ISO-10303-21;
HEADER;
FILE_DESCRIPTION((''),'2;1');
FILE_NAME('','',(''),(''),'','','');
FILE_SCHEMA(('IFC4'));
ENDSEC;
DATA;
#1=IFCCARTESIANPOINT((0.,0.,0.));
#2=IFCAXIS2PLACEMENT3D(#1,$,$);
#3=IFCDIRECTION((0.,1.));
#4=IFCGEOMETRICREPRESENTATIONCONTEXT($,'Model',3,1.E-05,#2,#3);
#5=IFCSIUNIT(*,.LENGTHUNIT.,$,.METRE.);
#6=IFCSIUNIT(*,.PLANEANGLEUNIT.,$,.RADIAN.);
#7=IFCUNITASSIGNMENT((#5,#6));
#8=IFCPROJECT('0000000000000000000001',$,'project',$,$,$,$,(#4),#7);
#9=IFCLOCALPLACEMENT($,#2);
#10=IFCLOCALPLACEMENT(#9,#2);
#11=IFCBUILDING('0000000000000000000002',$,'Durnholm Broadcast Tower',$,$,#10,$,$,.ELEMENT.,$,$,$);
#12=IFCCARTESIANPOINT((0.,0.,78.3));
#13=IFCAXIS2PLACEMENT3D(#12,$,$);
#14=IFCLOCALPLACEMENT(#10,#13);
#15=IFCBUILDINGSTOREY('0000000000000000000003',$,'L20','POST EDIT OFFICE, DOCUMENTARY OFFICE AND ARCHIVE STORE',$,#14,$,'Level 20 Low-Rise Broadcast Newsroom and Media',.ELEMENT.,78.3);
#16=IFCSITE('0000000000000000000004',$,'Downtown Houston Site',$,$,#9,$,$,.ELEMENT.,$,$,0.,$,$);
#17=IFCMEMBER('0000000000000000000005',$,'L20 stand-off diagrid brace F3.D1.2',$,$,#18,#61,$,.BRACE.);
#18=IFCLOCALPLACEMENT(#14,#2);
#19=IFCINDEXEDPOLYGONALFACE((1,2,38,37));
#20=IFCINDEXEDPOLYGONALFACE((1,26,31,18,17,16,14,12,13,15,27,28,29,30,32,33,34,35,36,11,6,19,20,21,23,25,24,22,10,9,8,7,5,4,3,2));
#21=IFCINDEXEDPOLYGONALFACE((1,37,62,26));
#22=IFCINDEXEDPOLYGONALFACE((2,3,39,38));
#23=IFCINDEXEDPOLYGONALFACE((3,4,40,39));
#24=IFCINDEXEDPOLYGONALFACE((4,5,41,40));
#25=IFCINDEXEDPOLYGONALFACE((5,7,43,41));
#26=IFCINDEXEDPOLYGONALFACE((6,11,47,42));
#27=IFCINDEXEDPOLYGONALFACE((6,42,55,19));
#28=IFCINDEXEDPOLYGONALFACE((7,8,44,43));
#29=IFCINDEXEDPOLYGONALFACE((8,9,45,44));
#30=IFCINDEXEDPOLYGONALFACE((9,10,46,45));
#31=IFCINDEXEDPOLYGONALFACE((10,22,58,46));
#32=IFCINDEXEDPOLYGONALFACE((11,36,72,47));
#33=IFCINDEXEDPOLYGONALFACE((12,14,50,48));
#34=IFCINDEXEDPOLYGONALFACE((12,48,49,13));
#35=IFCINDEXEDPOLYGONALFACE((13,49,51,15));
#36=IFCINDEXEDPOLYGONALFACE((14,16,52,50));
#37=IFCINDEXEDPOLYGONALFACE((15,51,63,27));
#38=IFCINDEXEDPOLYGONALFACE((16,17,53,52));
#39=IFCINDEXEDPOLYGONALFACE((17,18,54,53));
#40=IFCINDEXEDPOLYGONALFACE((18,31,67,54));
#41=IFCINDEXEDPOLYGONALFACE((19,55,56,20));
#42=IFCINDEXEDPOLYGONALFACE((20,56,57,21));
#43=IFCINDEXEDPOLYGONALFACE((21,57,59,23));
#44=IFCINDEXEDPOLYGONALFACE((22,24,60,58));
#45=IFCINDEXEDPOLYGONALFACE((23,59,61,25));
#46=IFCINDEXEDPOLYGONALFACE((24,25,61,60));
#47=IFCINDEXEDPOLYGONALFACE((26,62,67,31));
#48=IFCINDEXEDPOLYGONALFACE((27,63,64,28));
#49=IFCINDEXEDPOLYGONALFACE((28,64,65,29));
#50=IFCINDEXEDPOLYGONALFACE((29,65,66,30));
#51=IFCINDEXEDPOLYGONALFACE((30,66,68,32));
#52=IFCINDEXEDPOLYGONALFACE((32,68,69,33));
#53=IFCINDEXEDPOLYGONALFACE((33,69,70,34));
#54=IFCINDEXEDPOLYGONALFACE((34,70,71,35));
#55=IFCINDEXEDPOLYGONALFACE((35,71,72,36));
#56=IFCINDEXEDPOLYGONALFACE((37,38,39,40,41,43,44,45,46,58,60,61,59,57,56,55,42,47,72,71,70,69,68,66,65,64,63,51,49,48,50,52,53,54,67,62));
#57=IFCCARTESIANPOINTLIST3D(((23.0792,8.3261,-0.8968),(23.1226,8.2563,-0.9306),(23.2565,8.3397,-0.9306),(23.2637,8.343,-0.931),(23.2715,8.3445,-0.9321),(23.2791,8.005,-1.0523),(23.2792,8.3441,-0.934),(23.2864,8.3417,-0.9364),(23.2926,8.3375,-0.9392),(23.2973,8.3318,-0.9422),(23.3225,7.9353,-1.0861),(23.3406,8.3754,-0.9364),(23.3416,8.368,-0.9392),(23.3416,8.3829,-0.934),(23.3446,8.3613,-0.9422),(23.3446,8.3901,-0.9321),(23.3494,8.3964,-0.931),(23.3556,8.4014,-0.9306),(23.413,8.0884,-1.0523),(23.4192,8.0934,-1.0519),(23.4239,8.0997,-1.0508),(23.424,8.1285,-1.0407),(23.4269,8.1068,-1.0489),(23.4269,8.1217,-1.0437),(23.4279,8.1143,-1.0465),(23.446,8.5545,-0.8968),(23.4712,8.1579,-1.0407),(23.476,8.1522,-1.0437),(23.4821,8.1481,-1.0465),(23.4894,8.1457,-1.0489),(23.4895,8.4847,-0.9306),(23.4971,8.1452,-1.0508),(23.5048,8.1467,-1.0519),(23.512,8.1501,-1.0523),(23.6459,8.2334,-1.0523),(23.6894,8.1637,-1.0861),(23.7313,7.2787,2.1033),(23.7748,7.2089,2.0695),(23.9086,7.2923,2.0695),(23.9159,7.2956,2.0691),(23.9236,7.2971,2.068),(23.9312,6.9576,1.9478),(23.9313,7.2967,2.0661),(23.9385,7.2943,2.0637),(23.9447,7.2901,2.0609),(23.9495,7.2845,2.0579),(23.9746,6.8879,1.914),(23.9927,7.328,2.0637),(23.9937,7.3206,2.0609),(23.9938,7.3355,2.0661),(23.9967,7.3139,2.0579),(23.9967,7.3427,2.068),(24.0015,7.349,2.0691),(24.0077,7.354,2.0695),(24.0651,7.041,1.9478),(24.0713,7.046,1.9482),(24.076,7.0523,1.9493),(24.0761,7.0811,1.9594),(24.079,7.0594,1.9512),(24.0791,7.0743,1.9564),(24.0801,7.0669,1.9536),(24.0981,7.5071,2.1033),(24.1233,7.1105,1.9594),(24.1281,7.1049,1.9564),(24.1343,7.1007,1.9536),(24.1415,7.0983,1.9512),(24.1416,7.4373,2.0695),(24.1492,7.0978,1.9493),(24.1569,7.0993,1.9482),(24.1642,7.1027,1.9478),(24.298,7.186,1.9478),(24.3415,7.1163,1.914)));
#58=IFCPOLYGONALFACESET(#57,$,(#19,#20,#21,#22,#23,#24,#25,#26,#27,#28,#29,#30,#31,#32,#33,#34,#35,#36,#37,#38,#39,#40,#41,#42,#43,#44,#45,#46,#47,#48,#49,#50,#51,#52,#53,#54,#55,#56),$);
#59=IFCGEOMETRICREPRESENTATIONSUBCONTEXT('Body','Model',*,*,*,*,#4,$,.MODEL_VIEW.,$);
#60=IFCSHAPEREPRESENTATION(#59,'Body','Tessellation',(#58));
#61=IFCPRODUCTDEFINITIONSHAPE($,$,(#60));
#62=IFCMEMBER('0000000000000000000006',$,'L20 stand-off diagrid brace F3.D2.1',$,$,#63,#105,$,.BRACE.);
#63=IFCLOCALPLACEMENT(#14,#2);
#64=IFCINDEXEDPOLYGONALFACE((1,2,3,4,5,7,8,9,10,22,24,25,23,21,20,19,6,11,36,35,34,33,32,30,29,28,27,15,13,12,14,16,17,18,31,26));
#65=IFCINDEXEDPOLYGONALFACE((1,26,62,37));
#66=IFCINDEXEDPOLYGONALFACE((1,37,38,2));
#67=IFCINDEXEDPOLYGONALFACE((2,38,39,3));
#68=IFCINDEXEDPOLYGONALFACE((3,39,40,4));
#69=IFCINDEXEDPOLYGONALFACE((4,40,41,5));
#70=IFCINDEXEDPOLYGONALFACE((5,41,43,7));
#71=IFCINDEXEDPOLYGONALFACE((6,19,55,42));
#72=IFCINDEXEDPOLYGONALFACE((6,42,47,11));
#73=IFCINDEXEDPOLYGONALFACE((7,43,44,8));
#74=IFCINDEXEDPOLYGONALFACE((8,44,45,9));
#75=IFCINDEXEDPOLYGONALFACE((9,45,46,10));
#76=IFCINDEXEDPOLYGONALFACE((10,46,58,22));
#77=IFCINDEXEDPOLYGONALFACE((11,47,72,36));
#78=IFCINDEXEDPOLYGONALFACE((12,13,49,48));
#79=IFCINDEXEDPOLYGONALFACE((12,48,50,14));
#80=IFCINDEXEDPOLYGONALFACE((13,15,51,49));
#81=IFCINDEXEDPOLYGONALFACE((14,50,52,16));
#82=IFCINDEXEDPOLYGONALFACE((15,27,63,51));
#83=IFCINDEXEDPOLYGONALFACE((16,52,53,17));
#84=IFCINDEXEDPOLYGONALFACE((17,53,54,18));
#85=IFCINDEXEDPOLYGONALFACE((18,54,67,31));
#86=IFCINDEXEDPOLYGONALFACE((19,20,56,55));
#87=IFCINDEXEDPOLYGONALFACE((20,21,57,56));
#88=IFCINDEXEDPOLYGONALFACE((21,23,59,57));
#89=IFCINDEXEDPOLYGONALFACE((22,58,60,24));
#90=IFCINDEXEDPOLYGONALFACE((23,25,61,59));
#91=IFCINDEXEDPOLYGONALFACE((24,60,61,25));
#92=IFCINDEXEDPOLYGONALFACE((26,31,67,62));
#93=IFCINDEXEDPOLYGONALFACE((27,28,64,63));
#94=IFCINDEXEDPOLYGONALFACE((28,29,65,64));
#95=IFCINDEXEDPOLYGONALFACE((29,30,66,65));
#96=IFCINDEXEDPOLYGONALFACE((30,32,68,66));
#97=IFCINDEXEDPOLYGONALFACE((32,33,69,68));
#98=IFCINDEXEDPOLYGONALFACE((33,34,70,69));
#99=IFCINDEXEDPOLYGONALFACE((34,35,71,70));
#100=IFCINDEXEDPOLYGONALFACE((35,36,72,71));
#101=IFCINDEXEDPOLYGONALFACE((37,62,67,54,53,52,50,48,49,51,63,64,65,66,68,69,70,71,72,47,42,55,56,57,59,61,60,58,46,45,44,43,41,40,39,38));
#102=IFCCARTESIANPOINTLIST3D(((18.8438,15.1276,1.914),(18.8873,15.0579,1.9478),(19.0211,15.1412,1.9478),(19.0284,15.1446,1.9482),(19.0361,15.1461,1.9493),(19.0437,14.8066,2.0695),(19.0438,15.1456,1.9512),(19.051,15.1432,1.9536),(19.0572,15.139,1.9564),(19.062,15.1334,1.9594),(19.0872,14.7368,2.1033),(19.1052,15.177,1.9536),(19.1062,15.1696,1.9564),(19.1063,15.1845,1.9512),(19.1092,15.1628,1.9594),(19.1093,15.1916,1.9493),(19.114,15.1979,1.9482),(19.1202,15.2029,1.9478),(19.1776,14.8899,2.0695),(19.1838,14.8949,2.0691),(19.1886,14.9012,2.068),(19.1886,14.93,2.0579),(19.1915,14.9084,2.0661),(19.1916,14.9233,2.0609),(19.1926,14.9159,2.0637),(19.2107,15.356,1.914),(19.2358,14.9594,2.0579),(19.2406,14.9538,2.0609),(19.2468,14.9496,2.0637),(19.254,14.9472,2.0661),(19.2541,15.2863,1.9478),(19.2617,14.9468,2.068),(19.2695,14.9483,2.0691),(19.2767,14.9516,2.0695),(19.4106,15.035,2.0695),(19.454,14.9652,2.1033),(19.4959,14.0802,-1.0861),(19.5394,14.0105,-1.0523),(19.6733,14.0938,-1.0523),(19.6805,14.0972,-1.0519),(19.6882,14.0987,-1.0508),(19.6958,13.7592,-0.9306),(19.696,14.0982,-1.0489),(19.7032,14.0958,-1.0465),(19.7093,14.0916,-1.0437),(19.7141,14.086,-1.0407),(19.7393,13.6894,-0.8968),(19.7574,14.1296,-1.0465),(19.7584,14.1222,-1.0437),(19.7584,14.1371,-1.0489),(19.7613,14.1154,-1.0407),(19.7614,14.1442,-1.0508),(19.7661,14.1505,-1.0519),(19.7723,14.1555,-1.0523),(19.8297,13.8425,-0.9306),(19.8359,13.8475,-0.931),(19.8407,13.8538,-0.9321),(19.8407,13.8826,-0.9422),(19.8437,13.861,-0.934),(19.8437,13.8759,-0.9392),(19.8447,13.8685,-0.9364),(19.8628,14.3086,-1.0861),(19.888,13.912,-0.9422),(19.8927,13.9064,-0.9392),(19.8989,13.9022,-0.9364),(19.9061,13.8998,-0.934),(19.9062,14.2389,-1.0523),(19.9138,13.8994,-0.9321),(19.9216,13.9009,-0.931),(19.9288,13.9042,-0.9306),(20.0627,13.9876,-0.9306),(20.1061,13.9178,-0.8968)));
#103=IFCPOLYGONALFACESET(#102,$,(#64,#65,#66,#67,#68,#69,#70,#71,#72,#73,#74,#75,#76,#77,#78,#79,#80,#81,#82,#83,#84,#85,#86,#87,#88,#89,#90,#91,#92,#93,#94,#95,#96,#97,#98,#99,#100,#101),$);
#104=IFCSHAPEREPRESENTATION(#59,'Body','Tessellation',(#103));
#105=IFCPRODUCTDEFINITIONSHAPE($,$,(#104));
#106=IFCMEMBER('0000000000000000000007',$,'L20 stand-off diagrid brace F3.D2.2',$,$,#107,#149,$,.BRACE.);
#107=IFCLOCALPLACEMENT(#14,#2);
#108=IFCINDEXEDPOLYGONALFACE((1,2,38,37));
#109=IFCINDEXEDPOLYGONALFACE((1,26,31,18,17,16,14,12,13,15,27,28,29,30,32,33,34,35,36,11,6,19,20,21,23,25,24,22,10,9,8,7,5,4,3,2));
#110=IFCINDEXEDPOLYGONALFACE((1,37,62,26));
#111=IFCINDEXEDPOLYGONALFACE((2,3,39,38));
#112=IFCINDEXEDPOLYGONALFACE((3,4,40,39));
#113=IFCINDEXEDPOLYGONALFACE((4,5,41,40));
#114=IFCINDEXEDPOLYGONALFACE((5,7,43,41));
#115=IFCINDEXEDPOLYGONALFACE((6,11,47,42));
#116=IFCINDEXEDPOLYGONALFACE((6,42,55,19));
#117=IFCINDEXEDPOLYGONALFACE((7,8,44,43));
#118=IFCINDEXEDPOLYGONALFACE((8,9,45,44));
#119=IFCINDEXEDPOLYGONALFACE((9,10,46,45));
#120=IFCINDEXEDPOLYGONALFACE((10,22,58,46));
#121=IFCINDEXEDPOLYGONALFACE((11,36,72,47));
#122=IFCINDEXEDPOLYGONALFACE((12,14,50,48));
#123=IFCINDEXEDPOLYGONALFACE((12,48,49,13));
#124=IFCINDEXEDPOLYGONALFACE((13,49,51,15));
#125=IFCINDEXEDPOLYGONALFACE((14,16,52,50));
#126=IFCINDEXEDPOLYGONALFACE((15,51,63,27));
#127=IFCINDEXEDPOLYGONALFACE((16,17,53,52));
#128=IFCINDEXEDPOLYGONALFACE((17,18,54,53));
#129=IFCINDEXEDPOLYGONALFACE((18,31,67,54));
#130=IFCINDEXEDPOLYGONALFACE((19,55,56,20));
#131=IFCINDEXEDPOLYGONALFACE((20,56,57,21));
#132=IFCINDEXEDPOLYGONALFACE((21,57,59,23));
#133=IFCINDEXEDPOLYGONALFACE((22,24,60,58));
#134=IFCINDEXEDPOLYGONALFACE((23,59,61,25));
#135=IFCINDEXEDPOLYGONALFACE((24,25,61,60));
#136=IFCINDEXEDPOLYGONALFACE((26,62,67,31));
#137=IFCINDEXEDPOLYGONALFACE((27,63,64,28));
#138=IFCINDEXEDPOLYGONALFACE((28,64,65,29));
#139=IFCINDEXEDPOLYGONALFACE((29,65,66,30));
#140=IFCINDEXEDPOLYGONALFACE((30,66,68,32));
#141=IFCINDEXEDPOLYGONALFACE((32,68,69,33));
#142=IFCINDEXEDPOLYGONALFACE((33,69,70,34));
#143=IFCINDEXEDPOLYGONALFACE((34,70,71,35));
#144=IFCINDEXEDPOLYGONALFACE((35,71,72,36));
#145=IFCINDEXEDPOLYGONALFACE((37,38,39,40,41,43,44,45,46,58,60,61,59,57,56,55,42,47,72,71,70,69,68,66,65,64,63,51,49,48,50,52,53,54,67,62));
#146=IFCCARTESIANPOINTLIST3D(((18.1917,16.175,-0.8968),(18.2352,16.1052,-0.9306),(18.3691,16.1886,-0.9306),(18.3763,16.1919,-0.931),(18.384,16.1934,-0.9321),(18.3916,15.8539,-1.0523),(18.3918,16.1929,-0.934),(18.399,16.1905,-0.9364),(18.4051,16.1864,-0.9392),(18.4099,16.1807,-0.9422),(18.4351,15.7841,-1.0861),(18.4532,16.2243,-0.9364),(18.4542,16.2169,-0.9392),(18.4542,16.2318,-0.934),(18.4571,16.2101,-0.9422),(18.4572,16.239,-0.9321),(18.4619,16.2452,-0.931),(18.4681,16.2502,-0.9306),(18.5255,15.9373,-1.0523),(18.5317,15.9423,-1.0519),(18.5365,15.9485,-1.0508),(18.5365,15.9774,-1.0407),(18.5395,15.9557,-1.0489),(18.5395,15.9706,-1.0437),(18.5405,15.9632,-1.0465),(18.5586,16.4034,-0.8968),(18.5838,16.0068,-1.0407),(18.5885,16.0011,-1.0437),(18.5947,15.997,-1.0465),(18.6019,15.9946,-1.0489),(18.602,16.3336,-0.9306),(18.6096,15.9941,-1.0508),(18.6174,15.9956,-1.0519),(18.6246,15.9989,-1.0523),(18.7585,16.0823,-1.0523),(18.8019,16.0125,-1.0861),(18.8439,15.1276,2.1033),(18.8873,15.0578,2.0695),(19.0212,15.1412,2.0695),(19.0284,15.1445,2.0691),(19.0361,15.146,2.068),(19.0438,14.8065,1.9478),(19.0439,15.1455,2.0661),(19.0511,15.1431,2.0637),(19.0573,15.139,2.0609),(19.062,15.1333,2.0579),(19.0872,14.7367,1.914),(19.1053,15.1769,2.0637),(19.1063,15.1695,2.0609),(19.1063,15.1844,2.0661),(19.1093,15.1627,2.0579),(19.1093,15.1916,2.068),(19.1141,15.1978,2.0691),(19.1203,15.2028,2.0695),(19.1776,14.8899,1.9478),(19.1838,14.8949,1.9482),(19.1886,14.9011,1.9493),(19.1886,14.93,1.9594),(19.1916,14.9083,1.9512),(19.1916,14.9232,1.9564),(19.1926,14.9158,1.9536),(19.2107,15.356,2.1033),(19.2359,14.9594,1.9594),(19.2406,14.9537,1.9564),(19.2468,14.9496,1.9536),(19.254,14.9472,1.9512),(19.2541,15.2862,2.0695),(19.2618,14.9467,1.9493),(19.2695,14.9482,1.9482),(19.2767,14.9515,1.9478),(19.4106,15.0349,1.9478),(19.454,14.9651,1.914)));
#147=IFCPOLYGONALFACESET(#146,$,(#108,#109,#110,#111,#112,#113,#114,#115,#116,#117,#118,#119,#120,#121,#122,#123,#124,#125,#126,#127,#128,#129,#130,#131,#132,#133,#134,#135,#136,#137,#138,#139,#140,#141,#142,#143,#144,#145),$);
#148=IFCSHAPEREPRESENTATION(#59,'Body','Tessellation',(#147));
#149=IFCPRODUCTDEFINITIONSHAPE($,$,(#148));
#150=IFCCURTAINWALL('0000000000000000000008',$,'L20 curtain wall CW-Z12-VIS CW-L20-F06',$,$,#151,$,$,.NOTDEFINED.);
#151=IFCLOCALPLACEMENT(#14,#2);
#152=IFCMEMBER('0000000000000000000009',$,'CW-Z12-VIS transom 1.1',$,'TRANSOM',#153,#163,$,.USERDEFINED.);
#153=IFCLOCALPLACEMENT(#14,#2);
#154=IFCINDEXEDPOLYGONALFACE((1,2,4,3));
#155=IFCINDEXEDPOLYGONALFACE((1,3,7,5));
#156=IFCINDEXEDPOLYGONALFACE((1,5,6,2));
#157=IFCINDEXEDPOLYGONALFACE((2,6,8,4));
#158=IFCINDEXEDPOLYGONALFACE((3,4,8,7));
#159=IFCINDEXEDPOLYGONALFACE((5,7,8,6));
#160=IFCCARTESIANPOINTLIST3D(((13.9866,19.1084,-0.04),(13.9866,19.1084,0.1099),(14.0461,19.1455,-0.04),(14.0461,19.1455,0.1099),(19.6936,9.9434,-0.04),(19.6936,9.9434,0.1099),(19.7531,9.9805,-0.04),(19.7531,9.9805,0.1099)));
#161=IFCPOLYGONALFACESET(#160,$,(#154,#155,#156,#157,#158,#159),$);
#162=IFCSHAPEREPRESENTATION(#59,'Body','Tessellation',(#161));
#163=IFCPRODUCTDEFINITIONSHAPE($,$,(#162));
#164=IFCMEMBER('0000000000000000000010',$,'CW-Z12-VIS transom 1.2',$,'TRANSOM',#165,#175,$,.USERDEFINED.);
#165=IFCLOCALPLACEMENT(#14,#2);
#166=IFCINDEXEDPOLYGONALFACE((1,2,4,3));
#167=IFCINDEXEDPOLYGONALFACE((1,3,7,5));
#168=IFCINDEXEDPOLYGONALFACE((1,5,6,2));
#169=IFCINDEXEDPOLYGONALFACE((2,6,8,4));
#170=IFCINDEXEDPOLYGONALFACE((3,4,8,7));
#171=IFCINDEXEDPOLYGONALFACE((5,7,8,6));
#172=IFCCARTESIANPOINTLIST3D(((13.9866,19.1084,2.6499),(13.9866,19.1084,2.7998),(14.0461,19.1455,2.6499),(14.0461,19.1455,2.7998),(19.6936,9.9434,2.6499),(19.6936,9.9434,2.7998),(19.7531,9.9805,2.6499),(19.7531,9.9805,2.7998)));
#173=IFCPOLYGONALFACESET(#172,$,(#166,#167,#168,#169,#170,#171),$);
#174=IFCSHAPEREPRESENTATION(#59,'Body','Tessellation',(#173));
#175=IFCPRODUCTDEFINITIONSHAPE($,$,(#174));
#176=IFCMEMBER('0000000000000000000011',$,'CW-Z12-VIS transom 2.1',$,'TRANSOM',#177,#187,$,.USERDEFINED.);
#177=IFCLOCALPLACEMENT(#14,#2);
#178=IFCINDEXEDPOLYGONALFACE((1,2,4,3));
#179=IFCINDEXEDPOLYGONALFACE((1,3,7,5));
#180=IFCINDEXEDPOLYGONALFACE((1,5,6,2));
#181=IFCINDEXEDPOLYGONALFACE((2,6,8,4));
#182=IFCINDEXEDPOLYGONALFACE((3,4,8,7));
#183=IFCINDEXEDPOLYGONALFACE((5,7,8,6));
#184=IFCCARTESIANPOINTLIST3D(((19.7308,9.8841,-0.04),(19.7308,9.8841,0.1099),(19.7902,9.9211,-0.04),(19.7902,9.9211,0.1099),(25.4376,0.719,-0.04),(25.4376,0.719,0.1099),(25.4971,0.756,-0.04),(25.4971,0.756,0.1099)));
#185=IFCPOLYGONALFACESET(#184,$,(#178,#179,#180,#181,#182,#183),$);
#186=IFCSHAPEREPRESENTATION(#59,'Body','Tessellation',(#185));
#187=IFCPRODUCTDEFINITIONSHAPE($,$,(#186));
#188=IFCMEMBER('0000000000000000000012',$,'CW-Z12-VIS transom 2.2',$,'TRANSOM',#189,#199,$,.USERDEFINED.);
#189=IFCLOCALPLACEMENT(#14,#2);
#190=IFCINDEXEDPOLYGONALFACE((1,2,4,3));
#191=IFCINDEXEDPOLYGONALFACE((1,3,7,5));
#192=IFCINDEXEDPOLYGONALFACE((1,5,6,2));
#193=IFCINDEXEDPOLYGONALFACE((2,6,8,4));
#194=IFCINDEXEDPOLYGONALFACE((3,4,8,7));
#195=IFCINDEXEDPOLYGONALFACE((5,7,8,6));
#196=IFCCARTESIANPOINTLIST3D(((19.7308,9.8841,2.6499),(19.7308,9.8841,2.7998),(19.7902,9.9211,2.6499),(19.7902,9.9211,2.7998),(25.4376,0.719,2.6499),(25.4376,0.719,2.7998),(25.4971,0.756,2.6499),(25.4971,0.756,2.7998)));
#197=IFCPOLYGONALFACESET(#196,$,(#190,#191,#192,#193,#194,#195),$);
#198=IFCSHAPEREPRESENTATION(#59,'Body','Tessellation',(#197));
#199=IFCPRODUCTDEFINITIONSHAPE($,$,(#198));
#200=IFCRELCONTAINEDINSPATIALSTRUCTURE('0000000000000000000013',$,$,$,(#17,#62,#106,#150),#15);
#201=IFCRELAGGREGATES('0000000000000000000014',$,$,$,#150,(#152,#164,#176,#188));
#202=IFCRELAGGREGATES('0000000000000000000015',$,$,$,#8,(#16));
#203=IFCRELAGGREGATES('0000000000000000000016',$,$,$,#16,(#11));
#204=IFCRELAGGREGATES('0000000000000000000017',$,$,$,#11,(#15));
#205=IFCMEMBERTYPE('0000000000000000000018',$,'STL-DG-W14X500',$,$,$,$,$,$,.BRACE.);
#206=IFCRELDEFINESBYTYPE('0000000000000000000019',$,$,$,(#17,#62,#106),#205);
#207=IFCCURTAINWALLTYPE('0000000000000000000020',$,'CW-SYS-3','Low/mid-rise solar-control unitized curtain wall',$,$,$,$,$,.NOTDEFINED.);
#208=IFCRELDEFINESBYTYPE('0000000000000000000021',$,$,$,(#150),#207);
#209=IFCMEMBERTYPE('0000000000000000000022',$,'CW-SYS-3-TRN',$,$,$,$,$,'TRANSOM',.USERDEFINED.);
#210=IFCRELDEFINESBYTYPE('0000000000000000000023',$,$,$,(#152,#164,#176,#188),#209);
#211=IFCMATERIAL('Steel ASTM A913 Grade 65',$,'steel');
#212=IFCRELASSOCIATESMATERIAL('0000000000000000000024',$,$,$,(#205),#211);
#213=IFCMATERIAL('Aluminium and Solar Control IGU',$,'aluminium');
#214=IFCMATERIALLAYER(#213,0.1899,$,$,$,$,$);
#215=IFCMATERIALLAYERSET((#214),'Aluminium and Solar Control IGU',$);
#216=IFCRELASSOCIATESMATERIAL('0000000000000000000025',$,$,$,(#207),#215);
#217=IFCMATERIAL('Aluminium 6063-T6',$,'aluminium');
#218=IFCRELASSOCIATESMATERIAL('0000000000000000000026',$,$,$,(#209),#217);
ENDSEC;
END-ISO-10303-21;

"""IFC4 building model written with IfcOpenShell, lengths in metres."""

from ifc_helpers import new_model, si_unit, direction, frame, origin, origin_2d, place, context, subcontext, project, spatial, rectangle, i_section, extrude, source, transform, mapped, material, layer, layer_set, material_profile, profile_set, type_object, type_shapes, element, aggregate, save


model = new_model("IFC4")

# Units and contexts
model_context = context("Model", 3, precision=1e-05, world=origin(), true_north=direction((0.0, 1.0)))
body_context = subcontext(model_context, "Body", "Model", "MODEL_VIEW")
ifc_project = project(units=[si_unit("LENGTHUNIT", "METRE"), si_unit("PLANEANGLEUNIT", "RADIAN")], contexts=[model_context])

# Site, building, storey
site_placement = place(None, origin())
site = spatial("IfcSite", under=ifc_project, at=site_placement, Name="Downtown Houston Site", CompositionType="ELEMENT", RefElevation=0.0)
building_placement = place(site_placement, origin())
building = spatial("IfcBuilding", under=site, at=building_placement, Name="Durnholm Broadcast Tower", CompositionType="ELEMENT")
storey_placement = place(building_placement, frame((0.0, 0.0, 78.3)))
storey = spatial("IfcBuildingStorey", under=building, at=storey_placement, Name="L20", Description="POST EDIT OFFICE, DOCUMENTARY OFFICE AND ARCHIVE STORE", LongName="Level 20 Low-Rise Broadcast Newsroom and Media", CompositionType="ELEMENT", Elevation=78.3)

# Members
ifc_material_1 = material(Name="Steel ASTM A913 Grade 65", Category="steel")
ifc_material_profile_1 = material_profile(ifc_material_1, i_section(OverallWidth=0.4321, OverallDepth=0.4978, WebThickness=0.0557, FlangeThickness=0.0889, FilletRadius=0.0305, at=origin_2d()), Name="W14X500")
ifc_profile_set_1 = profile_set([ifc_material_profile_1], Name="Steel ASTM A913 Grade 65")
member_type_1 = type_object("IfcMemberType", Name="STL-DG-W14X500", PredefinedType="BRACE", material=ifc_profile_set_1)
shared_shape_1 = source(origin(), body_context, "Body", "SweptSolid", [
    extrude(i_section(OverallWidth=0.4321, OverallDepth=0.4978, WebThickness=0.0557, FlangeThickness=0.0889, FilletRadius=0.0305, at=origin_2d()), origin(), (0.0, 0.0, 1.0), 3.2439),
])
type_shapes(member_type_1, [shared_shape_1])
for number, where, z_axis, x_axis, name in (
    (1, (23.3843, 8.2449, -0.9915), (0.20103, -0.322882, 0.924843), (0.848909, 0.52854, 0.0), "L20 stand-off diagrid brace F3.D1.2"),
    (2, (19.801, 13.999, -0.9915), (-0.20103, 0.322882, 0.924843), (-0.848909, -0.52854, 0.0), "L20 stand-off diagrid brace F3.D2.1"),
    (3, (18.4968, 16.0938, -0.9915), (0.20103, -0.322882, 0.924843), (0.848909, 0.52854, 0.0), "L20 stand-off diagrid brace F3.D2.2"),
):
    element("IfcMember", number, at=place(storey_placement, frame(where, z_axis=z_axis, x_axis=x_axis)), inside=storey, type_object=member_type_1, Name=name, PredefinedType="BRACE", context=body_context, shape_type="MappedRepresentation", body=[
        mapped(shared_shape_1, transform((0.0, 0.0, 0.0), x_axis=(1.0, 0.0, 0.0), y_axis=(0.0, 1.0, 0.0), z_axis=(0.0, 0.0, 1.0), scale=1.0)),
    ])

# Curtain wall, members
ifc_material_2 = material(Name="Aluminium and Solar Control IGU", Category="aluminium")
ifc_layer_1 = layer(ifc_material_2, 0.1899)
ifc_layer_set_1 = layer_set([ifc_layer_1], Name="Aluminium and Solar Control IGU")
curtain_wall_type_1 = type_object("IfcCurtainWallType", Name="CW-SYS-3", Description="Low/mid-rise solar-control unitized curtain wall", PredefinedType="NOTDEFINED", material=ifc_layer_set_1)
curtain_wall_1_placement = place(storey_placement, origin())
curtain_wall_1 = element("IfcCurtainWall", 4, at=curtain_wall_1_placement, inside=storey, type_object=curtain_wall_type_1, Name="L20 curtain wall CW-Z12-VIS CW-L20-F06", PredefinedType="NOTDEFINED")
ifc_material_3 = material(Name="Aluminium 6063-T6", Category="aluminium")
ifc_material_profile_2 = material_profile(ifc_material_3, rectangle(XDim=0.0701, YDim=0.1499, at=origin_2d()), Name="CWT70X150")
ifc_profile_set_2 = profile_set([ifc_material_profile_2], Name="Aluminium 6063-T6")
member_type_2 = type_object("IfcMemberType", Name="CW-SYS-3-TRN", ElementType="TRANSOM", PredefinedType="USERDEFINED", material=ifc_profile_set_2)
shared_shape_2 = source(origin(), body_context, "Body", "SweptSolid", [
    extrude(rectangle(XDim=0.0701, YDim=0.1499, at=origin_2d()), origin(), (0.0, 0.0, 1.0), 10.7966),
])
type_shapes(member_type_2, [shared_shape_2])
member_1_placement = place(storey_placement, frame((14.0164, 19.127, 0.0349), z_axis=(0.528592, -0.848876, 0.0), x_axis=(0.848876, 0.528592, 0.0)))
member_1 = element("IfcMember", 5, at=member_1_placement, type_object=member_type_2, Name="CW-Z12-VIS transom 1.1", ObjectType="TRANSOM", PredefinedType="USERDEFINED", context=body_context, shape_type="MappedRepresentation", body=[
    mapped(shared_shape_2, transform((0.0, 0.0, 0.0), x_axis=(1.0, 0.0, 0.0), y_axis=(0.0, 1.0, 0.0), z_axis=(0.0, 0.0, 1.0), scale=1.0)),
])
member_2_placement = place(storey_placement, frame((14.0164, 19.127, 2.7249), z_axis=(0.528592, -0.848876, 0.0), x_axis=(0.848876, 0.528592, 0.0)))
member_2 = element("IfcMember", 6, at=member_2_placement, type_object=member_type_2, Name="CW-Z12-VIS transom 1.2", ObjectType="TRANSOM", PredefinedType="USERDEFINED", context=body_context, shape_type="MappedRepresentation", body=[
    mapped(shared_shape_2, transform((0.0, 0.0, 0.0), x_axis=(1.0, 0.0, 0.0), y_axis=(0.0, 1.0, 0.0), z_axis=(0.0, 0.0, 1.0), scale=1.0)),
])
member_3_placement = place(storey_placement, frame((19.7605, 9.9026, 0.0349), z_axis=(0.528575, -0.848886, 0.0), x_axis=(0.848886, 0.528575, 0.0)))
member_3 = element("IfcMember", 7, at=member_3_placement, type_object=member_type_2, Name="CW-Z12-VIS transom 2.1", ObjectType="TRANSOM", PredefinedType="USERDEFINED", context=body_context, shape_type="MappedRepresentation", body=[
    mapped(shared_shape_2, transform((0.0, 0.0, 0.0), x_axis=(1.0, 0.0, 0.0), y_axis=(0.0, 1.0, 0.0), z_axis=(0.0, 0.0, 1.0), scale=1.0)),
])
member_4_placement = place(storey_placement, frame((19.7605, 9.9026, 2.7249), z_axis=(0.528575, -0.848886, 0.0), x_axis=(0.848886, 0.528575, 0.0)))
member_4 = element("IfcMember", 8, at=member_4_placement, type_object=member_type_2, Name="CW-Z12-VIS transom 2.2", ObjectType="TRANSOM", PredefinedType="USERDEFINED", context=body_context, shape_type="MappedRepresentation", body=[
    mapped(shared_shape_2, transform((0.0, 0.0, 0.0), x_axis=(1.0, 0.0, 0.0), y_axis=(0.0, 1.0, 0.0), z_axis=(0.0, 0.0, 1.0), scale=1.0)),
])

aggregate(curtain_wall_1, [member_1, member_2, member_3, member_4])

save(model, "model.ifc")
